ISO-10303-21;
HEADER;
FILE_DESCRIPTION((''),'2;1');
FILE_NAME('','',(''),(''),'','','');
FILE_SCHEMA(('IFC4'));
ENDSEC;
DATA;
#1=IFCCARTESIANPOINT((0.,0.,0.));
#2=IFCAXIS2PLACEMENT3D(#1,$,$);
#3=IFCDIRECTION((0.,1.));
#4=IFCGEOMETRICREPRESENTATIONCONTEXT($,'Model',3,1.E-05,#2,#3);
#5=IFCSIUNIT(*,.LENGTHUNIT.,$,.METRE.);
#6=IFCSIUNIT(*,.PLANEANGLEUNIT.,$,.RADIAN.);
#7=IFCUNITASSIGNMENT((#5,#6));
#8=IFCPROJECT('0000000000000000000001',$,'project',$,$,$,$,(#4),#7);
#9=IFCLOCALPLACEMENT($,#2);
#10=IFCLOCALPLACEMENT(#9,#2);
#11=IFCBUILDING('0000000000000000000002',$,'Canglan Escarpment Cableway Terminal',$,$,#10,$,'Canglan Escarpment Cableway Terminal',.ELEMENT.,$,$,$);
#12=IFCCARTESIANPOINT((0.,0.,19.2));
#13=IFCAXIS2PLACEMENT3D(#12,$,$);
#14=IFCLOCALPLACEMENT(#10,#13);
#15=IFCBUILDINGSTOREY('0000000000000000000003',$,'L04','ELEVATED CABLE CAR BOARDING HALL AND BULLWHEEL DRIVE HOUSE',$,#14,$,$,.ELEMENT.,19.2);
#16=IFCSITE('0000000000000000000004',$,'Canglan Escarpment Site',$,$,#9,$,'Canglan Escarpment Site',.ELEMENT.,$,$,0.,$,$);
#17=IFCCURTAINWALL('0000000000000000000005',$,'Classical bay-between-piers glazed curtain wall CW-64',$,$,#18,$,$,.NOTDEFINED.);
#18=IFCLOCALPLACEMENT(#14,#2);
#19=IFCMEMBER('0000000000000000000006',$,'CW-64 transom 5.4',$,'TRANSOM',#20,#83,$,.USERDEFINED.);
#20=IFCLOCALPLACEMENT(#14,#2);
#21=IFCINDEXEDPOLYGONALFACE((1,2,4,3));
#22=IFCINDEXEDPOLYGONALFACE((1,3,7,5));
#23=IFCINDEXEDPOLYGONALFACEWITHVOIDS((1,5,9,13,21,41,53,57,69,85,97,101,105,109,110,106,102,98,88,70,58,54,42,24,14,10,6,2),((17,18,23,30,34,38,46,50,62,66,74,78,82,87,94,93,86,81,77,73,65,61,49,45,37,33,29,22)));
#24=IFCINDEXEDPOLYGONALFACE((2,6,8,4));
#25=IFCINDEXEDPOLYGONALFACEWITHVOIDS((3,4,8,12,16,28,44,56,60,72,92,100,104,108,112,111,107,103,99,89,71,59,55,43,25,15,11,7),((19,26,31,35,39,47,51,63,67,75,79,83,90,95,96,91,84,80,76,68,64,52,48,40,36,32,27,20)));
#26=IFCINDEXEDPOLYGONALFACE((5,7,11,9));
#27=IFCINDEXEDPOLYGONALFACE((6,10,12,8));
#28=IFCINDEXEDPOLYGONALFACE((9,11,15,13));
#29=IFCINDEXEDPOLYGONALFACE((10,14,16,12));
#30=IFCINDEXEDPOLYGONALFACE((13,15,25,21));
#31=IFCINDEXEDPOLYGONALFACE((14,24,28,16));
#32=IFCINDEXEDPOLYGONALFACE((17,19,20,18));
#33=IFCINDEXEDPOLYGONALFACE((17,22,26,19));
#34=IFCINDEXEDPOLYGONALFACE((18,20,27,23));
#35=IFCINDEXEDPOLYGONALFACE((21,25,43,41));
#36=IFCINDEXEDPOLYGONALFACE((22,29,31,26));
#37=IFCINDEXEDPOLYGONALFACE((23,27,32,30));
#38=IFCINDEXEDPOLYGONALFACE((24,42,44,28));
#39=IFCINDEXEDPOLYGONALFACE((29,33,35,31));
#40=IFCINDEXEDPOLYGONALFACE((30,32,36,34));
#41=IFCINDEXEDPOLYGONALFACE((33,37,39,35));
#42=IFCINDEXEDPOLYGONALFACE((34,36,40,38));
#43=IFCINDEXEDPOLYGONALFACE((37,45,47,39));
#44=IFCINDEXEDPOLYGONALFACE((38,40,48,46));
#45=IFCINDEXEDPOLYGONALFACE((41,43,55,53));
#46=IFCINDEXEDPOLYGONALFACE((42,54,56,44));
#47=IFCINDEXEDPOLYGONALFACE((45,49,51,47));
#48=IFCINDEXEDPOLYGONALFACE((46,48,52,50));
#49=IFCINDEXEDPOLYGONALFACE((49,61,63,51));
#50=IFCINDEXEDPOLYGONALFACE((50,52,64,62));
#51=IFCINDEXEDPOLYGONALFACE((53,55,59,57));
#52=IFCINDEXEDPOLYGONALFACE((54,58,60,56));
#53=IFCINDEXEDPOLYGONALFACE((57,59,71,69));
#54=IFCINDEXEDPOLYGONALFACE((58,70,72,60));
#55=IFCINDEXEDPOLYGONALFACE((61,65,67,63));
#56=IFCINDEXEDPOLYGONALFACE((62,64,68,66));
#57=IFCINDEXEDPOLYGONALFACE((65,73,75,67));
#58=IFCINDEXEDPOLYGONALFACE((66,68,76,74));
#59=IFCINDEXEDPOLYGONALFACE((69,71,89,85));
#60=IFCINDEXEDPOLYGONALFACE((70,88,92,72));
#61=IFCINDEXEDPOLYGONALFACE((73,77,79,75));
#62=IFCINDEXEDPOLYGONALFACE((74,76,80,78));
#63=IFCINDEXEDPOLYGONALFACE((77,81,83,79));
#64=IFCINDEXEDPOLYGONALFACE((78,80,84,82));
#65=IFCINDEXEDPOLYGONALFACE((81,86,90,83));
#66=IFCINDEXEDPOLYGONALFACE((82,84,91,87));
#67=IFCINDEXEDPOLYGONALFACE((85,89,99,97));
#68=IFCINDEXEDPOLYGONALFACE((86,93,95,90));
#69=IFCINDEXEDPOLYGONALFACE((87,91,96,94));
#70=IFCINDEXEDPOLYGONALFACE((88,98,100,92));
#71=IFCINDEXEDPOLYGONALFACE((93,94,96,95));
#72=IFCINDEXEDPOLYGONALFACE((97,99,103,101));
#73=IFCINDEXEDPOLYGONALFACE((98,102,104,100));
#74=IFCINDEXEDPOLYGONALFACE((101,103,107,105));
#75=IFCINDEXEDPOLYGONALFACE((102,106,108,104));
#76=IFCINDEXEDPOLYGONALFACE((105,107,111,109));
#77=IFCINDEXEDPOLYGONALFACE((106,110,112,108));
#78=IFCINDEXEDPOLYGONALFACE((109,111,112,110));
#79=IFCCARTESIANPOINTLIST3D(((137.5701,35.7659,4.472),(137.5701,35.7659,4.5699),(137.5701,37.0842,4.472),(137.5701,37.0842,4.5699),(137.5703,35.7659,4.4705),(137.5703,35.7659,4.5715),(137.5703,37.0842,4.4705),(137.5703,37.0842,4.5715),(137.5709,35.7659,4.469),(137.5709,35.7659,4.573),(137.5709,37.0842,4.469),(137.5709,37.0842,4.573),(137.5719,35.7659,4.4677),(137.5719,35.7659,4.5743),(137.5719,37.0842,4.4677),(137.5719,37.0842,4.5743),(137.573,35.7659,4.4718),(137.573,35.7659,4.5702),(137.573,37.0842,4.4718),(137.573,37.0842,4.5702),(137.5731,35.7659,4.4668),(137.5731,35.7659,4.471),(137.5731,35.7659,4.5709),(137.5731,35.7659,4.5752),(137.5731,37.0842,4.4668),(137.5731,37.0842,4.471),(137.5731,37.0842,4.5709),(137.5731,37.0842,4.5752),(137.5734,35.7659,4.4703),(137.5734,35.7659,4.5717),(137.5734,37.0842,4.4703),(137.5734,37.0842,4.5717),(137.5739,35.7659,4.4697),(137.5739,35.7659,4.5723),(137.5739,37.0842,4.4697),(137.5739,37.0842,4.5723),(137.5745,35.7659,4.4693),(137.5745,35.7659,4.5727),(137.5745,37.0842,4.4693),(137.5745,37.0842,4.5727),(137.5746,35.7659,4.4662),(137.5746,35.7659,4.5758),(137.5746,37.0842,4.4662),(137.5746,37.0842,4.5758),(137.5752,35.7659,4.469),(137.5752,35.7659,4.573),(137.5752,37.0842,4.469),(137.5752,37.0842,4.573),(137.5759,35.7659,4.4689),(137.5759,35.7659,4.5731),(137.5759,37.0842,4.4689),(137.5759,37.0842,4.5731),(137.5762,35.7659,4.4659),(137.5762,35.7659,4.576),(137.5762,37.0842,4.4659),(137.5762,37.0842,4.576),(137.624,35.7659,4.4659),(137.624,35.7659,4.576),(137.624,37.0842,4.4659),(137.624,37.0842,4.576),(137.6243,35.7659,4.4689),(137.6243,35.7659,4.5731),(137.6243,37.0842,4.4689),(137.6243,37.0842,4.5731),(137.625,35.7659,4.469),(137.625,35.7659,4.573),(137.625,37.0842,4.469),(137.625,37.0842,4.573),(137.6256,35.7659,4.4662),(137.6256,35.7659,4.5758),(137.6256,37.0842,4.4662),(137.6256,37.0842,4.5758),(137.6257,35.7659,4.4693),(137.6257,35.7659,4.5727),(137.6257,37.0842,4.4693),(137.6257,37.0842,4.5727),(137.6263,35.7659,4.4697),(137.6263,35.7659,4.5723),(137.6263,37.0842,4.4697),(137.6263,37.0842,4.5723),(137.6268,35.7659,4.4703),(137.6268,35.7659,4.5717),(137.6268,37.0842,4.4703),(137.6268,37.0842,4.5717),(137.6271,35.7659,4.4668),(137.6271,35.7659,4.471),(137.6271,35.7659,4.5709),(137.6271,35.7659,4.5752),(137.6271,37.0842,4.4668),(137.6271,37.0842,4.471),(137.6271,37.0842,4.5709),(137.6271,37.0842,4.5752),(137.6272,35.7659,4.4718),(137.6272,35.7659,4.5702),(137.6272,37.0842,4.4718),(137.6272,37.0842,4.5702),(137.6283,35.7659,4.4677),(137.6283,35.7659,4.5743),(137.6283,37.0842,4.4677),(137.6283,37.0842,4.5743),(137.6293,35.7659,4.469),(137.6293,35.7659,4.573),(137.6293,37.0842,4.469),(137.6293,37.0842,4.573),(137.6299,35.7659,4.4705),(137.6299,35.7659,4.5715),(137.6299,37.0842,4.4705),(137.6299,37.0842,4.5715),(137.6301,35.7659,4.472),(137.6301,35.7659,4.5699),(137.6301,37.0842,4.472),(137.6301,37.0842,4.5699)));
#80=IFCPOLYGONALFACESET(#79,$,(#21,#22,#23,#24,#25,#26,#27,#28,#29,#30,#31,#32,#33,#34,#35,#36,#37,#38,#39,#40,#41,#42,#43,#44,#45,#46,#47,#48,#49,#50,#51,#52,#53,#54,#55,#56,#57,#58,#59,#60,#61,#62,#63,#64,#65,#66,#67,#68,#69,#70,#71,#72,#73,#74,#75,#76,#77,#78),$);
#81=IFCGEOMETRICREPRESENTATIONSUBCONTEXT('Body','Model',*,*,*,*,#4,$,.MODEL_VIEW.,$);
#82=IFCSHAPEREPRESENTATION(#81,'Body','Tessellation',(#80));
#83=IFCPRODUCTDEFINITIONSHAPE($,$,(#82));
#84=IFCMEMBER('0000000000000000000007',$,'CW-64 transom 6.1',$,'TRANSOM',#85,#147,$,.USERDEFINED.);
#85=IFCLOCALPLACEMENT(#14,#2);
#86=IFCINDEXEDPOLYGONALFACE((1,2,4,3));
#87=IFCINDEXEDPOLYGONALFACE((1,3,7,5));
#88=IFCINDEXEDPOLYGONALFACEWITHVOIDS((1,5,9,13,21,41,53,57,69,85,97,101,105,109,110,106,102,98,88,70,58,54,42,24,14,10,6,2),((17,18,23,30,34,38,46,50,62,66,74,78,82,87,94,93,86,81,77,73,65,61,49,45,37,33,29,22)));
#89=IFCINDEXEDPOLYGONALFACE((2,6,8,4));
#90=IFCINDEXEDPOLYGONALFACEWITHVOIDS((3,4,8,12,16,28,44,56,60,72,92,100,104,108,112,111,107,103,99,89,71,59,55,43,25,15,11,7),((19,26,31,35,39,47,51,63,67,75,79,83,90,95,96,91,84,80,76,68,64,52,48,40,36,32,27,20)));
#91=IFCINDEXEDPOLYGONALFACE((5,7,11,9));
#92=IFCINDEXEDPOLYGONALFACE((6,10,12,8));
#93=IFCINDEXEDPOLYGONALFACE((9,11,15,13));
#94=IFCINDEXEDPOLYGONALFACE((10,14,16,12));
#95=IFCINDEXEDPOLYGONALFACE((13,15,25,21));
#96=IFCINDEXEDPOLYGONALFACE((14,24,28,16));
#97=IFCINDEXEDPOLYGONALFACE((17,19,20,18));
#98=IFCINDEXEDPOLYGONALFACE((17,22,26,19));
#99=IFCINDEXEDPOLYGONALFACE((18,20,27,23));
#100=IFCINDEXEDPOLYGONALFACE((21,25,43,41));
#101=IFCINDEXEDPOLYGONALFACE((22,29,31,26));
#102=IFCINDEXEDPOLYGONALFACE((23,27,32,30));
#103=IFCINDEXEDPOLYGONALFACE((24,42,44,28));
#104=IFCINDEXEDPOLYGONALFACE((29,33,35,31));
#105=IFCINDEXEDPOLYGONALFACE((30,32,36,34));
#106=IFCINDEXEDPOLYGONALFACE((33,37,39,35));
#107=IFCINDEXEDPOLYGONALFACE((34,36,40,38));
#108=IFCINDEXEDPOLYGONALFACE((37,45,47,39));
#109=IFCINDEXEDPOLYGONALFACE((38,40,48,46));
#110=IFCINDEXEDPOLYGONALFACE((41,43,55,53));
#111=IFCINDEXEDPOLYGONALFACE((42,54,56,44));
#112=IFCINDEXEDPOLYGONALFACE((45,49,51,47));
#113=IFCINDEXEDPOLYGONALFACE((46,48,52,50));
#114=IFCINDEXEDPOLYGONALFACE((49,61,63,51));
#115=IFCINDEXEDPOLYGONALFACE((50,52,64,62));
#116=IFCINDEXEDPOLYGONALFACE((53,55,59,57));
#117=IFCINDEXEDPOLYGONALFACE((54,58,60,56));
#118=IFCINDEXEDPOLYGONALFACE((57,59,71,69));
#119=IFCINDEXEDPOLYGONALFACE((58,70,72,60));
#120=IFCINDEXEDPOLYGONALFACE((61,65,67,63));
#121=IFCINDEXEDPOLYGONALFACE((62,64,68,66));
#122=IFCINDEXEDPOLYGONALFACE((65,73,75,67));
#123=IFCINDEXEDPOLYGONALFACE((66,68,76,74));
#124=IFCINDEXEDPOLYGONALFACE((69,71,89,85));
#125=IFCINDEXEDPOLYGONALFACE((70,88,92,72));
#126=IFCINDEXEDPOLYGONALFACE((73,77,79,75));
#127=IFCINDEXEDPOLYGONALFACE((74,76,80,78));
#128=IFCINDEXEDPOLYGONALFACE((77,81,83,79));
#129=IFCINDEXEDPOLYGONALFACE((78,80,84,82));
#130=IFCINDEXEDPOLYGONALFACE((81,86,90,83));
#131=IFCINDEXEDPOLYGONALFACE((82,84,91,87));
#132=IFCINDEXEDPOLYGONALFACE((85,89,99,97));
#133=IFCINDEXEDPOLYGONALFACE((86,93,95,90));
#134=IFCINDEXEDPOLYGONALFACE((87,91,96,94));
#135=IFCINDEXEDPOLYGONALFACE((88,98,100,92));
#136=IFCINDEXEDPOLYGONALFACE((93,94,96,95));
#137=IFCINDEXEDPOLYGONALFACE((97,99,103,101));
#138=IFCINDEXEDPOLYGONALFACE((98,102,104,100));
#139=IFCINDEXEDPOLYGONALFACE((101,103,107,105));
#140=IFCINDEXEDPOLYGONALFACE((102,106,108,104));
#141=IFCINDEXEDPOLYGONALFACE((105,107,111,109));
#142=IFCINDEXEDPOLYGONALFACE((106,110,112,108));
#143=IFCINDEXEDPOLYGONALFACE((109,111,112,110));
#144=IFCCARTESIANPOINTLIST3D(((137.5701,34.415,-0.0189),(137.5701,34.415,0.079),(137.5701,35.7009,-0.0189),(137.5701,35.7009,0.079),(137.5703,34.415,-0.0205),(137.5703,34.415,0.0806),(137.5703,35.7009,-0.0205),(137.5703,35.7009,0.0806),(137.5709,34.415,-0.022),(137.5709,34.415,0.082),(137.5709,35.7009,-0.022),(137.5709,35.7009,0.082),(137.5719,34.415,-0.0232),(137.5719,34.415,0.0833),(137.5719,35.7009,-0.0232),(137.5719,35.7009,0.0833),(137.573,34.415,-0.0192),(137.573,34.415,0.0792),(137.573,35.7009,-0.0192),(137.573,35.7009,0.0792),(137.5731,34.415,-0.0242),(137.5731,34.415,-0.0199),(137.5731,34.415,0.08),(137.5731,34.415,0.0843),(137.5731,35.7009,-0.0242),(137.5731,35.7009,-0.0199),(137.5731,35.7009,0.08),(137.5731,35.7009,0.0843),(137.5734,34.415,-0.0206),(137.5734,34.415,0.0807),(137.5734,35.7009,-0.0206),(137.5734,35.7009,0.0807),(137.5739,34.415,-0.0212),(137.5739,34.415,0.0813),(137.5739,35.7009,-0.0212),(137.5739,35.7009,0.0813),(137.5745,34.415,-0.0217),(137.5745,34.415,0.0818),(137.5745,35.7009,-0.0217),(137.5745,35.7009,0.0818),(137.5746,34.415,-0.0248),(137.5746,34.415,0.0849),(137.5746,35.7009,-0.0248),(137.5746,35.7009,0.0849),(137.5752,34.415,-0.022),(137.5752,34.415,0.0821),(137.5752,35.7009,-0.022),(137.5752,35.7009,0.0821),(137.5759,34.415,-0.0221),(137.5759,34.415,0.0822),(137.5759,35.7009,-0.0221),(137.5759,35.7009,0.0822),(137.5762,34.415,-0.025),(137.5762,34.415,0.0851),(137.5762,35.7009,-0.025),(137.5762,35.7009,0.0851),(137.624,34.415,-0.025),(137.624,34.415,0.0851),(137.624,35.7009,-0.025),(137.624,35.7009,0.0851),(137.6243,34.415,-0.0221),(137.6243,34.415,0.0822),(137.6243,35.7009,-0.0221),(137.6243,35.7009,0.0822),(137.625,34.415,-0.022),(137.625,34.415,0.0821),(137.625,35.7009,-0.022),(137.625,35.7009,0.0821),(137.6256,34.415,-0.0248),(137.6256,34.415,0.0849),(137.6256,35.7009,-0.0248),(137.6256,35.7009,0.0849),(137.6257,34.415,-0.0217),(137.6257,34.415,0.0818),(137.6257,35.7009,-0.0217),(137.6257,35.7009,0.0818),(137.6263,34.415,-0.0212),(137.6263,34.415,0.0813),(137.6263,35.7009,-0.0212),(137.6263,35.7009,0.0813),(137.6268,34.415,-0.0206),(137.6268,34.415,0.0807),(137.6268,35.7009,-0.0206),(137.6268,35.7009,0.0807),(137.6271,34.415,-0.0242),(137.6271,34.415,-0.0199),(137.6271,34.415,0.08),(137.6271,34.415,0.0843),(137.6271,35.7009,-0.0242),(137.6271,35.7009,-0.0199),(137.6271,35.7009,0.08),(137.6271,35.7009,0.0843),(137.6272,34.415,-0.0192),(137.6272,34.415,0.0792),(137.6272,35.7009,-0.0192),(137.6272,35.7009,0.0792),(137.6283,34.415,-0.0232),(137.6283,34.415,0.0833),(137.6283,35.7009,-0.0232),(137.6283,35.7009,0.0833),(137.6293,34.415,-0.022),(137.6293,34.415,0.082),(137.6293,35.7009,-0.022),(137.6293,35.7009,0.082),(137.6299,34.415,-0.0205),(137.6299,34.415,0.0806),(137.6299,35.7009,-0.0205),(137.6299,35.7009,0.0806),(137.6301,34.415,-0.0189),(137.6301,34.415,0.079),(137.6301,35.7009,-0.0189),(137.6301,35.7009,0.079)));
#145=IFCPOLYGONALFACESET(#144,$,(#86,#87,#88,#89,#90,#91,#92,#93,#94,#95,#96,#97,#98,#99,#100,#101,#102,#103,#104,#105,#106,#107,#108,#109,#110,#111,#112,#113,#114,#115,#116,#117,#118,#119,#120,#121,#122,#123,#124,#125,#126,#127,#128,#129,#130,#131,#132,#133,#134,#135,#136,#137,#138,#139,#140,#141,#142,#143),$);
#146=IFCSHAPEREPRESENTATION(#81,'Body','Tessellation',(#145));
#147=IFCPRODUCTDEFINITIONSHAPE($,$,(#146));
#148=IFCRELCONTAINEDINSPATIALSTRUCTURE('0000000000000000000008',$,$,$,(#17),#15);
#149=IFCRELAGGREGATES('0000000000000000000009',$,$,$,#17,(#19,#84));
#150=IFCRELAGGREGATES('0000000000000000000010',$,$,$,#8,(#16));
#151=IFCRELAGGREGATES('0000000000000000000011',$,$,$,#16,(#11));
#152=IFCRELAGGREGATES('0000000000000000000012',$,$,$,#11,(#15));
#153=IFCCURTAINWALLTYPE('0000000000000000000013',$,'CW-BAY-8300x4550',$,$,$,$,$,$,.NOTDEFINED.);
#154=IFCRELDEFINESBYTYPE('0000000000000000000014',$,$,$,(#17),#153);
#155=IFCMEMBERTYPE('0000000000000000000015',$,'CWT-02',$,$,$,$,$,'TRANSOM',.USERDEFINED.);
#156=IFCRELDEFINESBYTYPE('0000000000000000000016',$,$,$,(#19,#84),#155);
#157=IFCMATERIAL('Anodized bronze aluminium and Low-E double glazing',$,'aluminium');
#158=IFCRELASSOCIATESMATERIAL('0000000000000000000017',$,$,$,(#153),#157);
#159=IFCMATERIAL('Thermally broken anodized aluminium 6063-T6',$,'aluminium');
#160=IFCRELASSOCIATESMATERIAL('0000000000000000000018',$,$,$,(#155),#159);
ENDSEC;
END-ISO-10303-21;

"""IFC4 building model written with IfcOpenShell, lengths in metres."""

from ifc_helpers import new_model, si_unit, direction, frame, origin, origin_2d, place, context, subcontext, project, spatial, hollow_rectangle, extrude, material, material_profile, profile_set, type_object, element, aggregate, save


model = new_model("IFC4")

# Units and contexts
model_context = context("Model", 3, precision=1e-05, world=origin(), true_north=direction((0.0, 1.0)))
body_context = subcontext(model_context, "Body", "Model", "MODEL_VIEW")
ifc_project = project(units=[si_unit("LENGTHUNIT", "METRE"), si_unit("PLANEANGLEUNIT", "RADIAN")], contexts=[model_context])

# Site, building, storey
site_placement = place(None, origin())
site = spatial("IfcSite", under=ifc_project, at=site_placement, Name="Canglan Escarpment Site", LongName="Canglan Escarpment Site", CompositionType="ELEMENT", RefElevation=0.0)
building_placement = place(site_placement, origin())
building = spatial("IfcBuilding", under=site, at=building_placement, Name="Canglan Escarpment Cableway Terminal", LongName="Canglan Escarpment Cableway Terminal", CompositionType="ELEMENT")
storey_placement = place(building_placement, frame((0.0, 0.0, 19.2)))
storey = spatial("IfcBuildingStorey", under=building, at=storey_placement, Name="L04", Description="ELEVATED CABLE CAR BOARDING HALL AND BULLWHEEL DRIVE HOUSE", CompositionType="ELEMENT", Elevation=19.2)

# Shared definitions
ifc_material_1 = material(Name="Anodized bronze aluminium and Low-E double glazing", Category="aluminium")
ifc_material_2 = material(Name="Thermally broken anodized aluminium 6063-T6", Category="aluminium")

# Curtain wall
curtain_wall_type_1 = type_object("IfcCurtainWallType", Name="CW-BAY-8300x4550", PredefinedType="NOTDEFINED", material=ifc_material_1)
curtain_wall_1_placement = place(storey_placement, origin())
curtain_wall_1 = element("IfcCurtainWall", 1, at=curtain_wall_1_placement, inside=storey, type_object=curtain_wall_type_1, Name="Classical bay-between-piers glazed curtain wall CW-64", PredefinedType="NOTDEFINED")

# Members
ifc_material_profile_1 = material_profile(ifc_material_2, hollow_rectangle(XDim=0.0601, YDim=0.1101, WallThickness=0.0029, InnerFilletRadius=0.0029, OuterFilletRadius=0.0061, at=origin_2d()), Name="ALU-TRAN 60x110x3")
ifc_profile_set_1 = profile_set([ifc_material_profile_1], Name="Thermally broken anodized aluminium 6063-T6")
member_type_1 = type_object("IfcMemberType", Name="CWT-02", ElementType="TRANSOM", PredefinedType="USERDEFINED", material=ifc_profile_set_1)
member_1_placement = place(storey_placement, frame((137.6001, 37.0842, 4.521), z_axis=(0.0, -1.0, 0.0), x_axis=(1.0, 0.0, 0.0)))
member_1 = element("IfcMember", 2, at=member_1_placement, type_object=member_type_1, Name="CW-64 transom 5.4", ObjectType="TRANSOM", PredefinedType="USERDEFINED", context=body_context, shape_type="SweptSolid", body=[
    extrude(hollow_rectangle(XDim=0.0601, YDim=0.1101, WallThickness=0.0029, InnerFilletRadius=0.0029, OuterFilletRadius=0.0061, at=origin_2d()), origin(), (0.0, 0.0, 1.0), 1.3184),
])
member_2_placement = place(storey_placement, frame((137.6001, 35.7009, 0.03), z_axis=(0.0, -1.0, 0.0), x_axis=(1.0, 0.0, 0.0)))
member_2 = element("IfcMember", 3, at=member_2_placement, type_object=member_type_1, Name="CW-64 transom 6.1", ObjectType="TRANSOM", PredefinedType="USERDEFINED", context=body_context, shape_type="SweptSolid", body=[
    extrude(hollow_rectangle(XDim=0.0601, YDim=0.1101, WallThickness=0.0029, InnerFilletRadius=0.0029, OuterFilletRadius=0.0061, at=origin_2d()), origin(), (0.0, 0.0, 1.0), 1.2859),
])

aggregate(curtain_wall_1, [member_1, member_2])

save(model, "model.ifc")
